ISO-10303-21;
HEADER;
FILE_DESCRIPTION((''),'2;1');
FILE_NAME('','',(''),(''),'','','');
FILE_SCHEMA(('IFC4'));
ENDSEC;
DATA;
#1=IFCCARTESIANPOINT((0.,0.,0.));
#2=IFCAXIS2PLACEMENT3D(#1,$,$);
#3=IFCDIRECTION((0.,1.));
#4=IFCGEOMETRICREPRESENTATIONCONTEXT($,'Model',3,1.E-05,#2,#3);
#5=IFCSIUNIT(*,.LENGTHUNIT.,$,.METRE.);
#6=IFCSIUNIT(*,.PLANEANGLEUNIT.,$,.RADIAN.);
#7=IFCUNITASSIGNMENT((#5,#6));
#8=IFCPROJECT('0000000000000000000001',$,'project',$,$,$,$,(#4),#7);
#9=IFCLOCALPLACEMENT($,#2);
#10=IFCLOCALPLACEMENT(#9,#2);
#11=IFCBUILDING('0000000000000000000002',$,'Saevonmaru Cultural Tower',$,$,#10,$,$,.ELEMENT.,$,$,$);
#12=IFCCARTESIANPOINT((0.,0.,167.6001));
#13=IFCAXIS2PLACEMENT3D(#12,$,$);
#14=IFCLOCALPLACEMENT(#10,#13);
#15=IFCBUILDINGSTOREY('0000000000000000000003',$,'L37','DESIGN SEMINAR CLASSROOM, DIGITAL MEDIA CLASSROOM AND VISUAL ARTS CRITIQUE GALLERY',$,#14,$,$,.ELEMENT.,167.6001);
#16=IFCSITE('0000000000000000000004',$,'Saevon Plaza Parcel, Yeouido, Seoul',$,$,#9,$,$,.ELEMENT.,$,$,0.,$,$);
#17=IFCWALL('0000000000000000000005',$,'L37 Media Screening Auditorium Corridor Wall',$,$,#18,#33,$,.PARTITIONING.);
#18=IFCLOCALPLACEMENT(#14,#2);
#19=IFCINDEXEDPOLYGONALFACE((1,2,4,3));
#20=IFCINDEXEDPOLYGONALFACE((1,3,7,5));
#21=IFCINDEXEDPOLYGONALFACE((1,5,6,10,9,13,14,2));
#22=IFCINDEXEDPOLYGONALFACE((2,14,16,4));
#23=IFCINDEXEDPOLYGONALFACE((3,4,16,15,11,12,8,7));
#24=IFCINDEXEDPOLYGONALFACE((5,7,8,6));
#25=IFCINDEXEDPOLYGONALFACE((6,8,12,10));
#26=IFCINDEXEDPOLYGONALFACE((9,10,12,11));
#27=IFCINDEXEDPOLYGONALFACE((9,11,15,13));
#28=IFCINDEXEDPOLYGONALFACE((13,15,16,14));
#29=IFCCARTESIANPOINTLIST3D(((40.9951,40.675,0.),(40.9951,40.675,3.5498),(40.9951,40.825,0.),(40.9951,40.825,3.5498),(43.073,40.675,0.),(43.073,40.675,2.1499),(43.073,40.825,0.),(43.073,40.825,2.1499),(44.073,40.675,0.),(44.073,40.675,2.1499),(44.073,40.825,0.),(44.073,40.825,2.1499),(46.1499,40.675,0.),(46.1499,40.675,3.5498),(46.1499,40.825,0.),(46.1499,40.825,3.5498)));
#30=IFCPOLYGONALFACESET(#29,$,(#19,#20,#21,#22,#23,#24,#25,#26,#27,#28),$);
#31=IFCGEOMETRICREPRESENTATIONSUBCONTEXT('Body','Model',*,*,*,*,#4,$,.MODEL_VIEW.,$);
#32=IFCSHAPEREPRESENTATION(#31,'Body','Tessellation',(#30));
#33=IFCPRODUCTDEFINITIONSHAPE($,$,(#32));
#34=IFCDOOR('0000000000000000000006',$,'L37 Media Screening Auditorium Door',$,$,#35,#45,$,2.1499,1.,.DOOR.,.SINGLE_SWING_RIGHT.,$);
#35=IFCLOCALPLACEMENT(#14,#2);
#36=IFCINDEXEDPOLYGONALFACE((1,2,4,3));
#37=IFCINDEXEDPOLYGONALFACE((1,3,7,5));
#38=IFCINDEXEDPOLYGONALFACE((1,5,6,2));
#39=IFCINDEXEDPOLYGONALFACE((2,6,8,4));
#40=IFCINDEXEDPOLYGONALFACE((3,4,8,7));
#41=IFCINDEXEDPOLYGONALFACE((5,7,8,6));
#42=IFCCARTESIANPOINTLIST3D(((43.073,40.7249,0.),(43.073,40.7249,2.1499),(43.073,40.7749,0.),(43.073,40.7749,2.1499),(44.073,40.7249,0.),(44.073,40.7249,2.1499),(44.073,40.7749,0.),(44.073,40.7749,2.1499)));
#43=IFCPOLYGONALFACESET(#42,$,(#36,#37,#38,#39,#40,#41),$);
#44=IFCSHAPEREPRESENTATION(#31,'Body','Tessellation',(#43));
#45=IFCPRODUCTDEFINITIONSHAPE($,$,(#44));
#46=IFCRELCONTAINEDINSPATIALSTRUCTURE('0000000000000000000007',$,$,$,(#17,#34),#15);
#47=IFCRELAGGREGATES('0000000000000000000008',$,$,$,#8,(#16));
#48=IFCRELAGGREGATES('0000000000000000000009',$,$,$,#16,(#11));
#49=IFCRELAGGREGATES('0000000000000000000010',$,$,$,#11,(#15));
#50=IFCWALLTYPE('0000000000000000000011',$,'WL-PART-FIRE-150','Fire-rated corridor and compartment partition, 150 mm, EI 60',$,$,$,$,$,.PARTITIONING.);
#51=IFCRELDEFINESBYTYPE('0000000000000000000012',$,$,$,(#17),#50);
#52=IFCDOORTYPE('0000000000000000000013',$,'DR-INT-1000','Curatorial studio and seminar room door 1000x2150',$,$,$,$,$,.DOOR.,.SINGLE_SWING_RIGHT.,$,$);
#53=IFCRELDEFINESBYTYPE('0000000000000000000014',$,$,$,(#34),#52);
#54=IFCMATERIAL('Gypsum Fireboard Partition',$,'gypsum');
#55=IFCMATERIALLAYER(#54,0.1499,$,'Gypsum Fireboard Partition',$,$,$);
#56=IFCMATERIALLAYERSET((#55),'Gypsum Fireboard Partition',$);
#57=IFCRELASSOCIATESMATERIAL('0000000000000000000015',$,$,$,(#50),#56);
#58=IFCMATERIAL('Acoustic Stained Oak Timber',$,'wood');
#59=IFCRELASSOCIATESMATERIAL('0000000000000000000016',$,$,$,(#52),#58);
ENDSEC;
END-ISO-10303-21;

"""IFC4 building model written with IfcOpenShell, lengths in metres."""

from ifc_helpers import new_model, si_unit, direction, frame, frame_2d, origin, place, context, subcontext, project, spatial, rectangle, extrude, material, layer, layer_set, type_object, element, fill, save


model = new_model("IFC4")

# Units and contexts
model_context = context("Model", 3, precision=1e-05, world=origin(), true_north=direction((0.0, 1.0)))
body_context = subcontext(model_context, "Body", "Model", "MODEL_VIEW")
ifc_project = project(units=[si_unit("LENGTHUNIT", "METRE"), si_unit("PLANEANGLEUNIT", "RADIAN")], contexts=[model_context])

# Site, building, storey
site_placement = place(None, origin())
site = spatial("IfcSite", under=ifc_project, at=site_placement, Name="Saevon Plaza Parcel, Yeouido, Seoul", CompositionType="ELEMENT", RefElevation=0.0)
building_placement = place(site_placement, origin())
building = spatial("IfcBuilding", under=site, at=building_placement, Name="Saevonmaru Cultural Tower", CompositionType="ELEMENT")
storey_placement = place(building_placement, frame((0.0, 0.0, 167.6001)))
storey = spatial("IfcBuildingStorey", under=building, at=storey_placement, Name="L37", Description="DESIGN SEMINAR CLASSROOM, DIGITAL MEDIA CLASSROOM AND VISUAL ARTS CRITIQUE GALLERY", CompositionType="ELEMENT", Elevation=167.6001)

# Shared definitions
ifc_material_1 = material(Name="Gypsum Fireboard Partition", Category="gypsum")
ifc_layer_1 = layer(ifc_material_1, 0.1499, Name="Gypsum Fireboard Partition")
ifc_layer_set_1 = layer_set([ifc_layer_1], Name="Gypsum Fireboard Partition")
wall_type = type_object("IfcWallType", Name="WL-PART-FIRE-150", Description="Fire-rated corridor and compartment partition, 150 mm, EI 60", PredefinedType="PARTITIONING", material=ifc_layer_set_1)

# Wall, opening, door
wall_1_placement = place(storey_placement, frame((40.9951, 40.75, 0.0), z_axis=(0.0, 0.0, 1.0), x_axis=(1.0, 0.0, 0.0)))
wall_1 = element("IfcWall", 1, at=wall_1_placement, inside=storey, type_object=wall_type, Name="L37 Media Screening Auditorium Corridor Wall", PredefinedType="PARTITIONING", context=body_context, shape_type="SweptSolid", body=[
    extrude(rectangle(XDim=5.1548, YDim=0.1499, at=frame_2d((2.5774, 0.0))), origin(), (0.0, 0.0, 1.0), 3.5498),
])
opening_1_placement = place(wall_1_placement, frame((2.0779, 0.0, 0.0)))
opening_1 = element("IfcOpeningElement", 2, at=opening_1_placement, cuts=wall_1, PredefinedType="OPENING", context=body_context, shape_type="SweptSolid", body=[
    extrude(rectangle(XDim=1.0, YDim=2.1499, at=frame_2d((0.5, 1.075))), frame((0.0, 0.085, 0.0), z_axis=(0.0, -1.0, 0.0), x_axis=(1.0, 0.0, 0.0)), (0.0, 0.0, 1.0), 0.1699),
])
ifc_material_2 = material(Name="Acoustic Stained Oak Timber", Category="wood")
door_type_1 = type_object("IfcDoorType", Name="DR-INT-1000", Description="Curatorial studio and seminar room door 1000x2150", OperationType="SINGLE_SWING_RIGHT", PredefinedType="DOOR", material=ifc_material_2)
door_1_placement = place(opening_1_placement, origin())
door_1 = element("IfcDoor", 3, at=door_1_placement, inside=storey, type_object=door_type_1, Name="L37 Media Screening Auditorium Door", OperationType="SINGLE_SWING_RIGHT", OverallHeight=2.1499, OverallWidth=1.0, PredefinedType="DOOR", context=body_context, shape_type="SweptSolid", body=[
    extrude(rectangle(XDim=1.0, YDim=2.1499, at=frame_2d((0.5, 1.075))), frame((0.0, 0.0249, 0.0), z_axis=(0.0, -1.0, 0.0), x_axis=(1.0, 0.0, 0.0)), (0.0, 0.0, 1.0), 0.05),
])
fill(opening_1, door_1)

save(model, "model.ifc")
